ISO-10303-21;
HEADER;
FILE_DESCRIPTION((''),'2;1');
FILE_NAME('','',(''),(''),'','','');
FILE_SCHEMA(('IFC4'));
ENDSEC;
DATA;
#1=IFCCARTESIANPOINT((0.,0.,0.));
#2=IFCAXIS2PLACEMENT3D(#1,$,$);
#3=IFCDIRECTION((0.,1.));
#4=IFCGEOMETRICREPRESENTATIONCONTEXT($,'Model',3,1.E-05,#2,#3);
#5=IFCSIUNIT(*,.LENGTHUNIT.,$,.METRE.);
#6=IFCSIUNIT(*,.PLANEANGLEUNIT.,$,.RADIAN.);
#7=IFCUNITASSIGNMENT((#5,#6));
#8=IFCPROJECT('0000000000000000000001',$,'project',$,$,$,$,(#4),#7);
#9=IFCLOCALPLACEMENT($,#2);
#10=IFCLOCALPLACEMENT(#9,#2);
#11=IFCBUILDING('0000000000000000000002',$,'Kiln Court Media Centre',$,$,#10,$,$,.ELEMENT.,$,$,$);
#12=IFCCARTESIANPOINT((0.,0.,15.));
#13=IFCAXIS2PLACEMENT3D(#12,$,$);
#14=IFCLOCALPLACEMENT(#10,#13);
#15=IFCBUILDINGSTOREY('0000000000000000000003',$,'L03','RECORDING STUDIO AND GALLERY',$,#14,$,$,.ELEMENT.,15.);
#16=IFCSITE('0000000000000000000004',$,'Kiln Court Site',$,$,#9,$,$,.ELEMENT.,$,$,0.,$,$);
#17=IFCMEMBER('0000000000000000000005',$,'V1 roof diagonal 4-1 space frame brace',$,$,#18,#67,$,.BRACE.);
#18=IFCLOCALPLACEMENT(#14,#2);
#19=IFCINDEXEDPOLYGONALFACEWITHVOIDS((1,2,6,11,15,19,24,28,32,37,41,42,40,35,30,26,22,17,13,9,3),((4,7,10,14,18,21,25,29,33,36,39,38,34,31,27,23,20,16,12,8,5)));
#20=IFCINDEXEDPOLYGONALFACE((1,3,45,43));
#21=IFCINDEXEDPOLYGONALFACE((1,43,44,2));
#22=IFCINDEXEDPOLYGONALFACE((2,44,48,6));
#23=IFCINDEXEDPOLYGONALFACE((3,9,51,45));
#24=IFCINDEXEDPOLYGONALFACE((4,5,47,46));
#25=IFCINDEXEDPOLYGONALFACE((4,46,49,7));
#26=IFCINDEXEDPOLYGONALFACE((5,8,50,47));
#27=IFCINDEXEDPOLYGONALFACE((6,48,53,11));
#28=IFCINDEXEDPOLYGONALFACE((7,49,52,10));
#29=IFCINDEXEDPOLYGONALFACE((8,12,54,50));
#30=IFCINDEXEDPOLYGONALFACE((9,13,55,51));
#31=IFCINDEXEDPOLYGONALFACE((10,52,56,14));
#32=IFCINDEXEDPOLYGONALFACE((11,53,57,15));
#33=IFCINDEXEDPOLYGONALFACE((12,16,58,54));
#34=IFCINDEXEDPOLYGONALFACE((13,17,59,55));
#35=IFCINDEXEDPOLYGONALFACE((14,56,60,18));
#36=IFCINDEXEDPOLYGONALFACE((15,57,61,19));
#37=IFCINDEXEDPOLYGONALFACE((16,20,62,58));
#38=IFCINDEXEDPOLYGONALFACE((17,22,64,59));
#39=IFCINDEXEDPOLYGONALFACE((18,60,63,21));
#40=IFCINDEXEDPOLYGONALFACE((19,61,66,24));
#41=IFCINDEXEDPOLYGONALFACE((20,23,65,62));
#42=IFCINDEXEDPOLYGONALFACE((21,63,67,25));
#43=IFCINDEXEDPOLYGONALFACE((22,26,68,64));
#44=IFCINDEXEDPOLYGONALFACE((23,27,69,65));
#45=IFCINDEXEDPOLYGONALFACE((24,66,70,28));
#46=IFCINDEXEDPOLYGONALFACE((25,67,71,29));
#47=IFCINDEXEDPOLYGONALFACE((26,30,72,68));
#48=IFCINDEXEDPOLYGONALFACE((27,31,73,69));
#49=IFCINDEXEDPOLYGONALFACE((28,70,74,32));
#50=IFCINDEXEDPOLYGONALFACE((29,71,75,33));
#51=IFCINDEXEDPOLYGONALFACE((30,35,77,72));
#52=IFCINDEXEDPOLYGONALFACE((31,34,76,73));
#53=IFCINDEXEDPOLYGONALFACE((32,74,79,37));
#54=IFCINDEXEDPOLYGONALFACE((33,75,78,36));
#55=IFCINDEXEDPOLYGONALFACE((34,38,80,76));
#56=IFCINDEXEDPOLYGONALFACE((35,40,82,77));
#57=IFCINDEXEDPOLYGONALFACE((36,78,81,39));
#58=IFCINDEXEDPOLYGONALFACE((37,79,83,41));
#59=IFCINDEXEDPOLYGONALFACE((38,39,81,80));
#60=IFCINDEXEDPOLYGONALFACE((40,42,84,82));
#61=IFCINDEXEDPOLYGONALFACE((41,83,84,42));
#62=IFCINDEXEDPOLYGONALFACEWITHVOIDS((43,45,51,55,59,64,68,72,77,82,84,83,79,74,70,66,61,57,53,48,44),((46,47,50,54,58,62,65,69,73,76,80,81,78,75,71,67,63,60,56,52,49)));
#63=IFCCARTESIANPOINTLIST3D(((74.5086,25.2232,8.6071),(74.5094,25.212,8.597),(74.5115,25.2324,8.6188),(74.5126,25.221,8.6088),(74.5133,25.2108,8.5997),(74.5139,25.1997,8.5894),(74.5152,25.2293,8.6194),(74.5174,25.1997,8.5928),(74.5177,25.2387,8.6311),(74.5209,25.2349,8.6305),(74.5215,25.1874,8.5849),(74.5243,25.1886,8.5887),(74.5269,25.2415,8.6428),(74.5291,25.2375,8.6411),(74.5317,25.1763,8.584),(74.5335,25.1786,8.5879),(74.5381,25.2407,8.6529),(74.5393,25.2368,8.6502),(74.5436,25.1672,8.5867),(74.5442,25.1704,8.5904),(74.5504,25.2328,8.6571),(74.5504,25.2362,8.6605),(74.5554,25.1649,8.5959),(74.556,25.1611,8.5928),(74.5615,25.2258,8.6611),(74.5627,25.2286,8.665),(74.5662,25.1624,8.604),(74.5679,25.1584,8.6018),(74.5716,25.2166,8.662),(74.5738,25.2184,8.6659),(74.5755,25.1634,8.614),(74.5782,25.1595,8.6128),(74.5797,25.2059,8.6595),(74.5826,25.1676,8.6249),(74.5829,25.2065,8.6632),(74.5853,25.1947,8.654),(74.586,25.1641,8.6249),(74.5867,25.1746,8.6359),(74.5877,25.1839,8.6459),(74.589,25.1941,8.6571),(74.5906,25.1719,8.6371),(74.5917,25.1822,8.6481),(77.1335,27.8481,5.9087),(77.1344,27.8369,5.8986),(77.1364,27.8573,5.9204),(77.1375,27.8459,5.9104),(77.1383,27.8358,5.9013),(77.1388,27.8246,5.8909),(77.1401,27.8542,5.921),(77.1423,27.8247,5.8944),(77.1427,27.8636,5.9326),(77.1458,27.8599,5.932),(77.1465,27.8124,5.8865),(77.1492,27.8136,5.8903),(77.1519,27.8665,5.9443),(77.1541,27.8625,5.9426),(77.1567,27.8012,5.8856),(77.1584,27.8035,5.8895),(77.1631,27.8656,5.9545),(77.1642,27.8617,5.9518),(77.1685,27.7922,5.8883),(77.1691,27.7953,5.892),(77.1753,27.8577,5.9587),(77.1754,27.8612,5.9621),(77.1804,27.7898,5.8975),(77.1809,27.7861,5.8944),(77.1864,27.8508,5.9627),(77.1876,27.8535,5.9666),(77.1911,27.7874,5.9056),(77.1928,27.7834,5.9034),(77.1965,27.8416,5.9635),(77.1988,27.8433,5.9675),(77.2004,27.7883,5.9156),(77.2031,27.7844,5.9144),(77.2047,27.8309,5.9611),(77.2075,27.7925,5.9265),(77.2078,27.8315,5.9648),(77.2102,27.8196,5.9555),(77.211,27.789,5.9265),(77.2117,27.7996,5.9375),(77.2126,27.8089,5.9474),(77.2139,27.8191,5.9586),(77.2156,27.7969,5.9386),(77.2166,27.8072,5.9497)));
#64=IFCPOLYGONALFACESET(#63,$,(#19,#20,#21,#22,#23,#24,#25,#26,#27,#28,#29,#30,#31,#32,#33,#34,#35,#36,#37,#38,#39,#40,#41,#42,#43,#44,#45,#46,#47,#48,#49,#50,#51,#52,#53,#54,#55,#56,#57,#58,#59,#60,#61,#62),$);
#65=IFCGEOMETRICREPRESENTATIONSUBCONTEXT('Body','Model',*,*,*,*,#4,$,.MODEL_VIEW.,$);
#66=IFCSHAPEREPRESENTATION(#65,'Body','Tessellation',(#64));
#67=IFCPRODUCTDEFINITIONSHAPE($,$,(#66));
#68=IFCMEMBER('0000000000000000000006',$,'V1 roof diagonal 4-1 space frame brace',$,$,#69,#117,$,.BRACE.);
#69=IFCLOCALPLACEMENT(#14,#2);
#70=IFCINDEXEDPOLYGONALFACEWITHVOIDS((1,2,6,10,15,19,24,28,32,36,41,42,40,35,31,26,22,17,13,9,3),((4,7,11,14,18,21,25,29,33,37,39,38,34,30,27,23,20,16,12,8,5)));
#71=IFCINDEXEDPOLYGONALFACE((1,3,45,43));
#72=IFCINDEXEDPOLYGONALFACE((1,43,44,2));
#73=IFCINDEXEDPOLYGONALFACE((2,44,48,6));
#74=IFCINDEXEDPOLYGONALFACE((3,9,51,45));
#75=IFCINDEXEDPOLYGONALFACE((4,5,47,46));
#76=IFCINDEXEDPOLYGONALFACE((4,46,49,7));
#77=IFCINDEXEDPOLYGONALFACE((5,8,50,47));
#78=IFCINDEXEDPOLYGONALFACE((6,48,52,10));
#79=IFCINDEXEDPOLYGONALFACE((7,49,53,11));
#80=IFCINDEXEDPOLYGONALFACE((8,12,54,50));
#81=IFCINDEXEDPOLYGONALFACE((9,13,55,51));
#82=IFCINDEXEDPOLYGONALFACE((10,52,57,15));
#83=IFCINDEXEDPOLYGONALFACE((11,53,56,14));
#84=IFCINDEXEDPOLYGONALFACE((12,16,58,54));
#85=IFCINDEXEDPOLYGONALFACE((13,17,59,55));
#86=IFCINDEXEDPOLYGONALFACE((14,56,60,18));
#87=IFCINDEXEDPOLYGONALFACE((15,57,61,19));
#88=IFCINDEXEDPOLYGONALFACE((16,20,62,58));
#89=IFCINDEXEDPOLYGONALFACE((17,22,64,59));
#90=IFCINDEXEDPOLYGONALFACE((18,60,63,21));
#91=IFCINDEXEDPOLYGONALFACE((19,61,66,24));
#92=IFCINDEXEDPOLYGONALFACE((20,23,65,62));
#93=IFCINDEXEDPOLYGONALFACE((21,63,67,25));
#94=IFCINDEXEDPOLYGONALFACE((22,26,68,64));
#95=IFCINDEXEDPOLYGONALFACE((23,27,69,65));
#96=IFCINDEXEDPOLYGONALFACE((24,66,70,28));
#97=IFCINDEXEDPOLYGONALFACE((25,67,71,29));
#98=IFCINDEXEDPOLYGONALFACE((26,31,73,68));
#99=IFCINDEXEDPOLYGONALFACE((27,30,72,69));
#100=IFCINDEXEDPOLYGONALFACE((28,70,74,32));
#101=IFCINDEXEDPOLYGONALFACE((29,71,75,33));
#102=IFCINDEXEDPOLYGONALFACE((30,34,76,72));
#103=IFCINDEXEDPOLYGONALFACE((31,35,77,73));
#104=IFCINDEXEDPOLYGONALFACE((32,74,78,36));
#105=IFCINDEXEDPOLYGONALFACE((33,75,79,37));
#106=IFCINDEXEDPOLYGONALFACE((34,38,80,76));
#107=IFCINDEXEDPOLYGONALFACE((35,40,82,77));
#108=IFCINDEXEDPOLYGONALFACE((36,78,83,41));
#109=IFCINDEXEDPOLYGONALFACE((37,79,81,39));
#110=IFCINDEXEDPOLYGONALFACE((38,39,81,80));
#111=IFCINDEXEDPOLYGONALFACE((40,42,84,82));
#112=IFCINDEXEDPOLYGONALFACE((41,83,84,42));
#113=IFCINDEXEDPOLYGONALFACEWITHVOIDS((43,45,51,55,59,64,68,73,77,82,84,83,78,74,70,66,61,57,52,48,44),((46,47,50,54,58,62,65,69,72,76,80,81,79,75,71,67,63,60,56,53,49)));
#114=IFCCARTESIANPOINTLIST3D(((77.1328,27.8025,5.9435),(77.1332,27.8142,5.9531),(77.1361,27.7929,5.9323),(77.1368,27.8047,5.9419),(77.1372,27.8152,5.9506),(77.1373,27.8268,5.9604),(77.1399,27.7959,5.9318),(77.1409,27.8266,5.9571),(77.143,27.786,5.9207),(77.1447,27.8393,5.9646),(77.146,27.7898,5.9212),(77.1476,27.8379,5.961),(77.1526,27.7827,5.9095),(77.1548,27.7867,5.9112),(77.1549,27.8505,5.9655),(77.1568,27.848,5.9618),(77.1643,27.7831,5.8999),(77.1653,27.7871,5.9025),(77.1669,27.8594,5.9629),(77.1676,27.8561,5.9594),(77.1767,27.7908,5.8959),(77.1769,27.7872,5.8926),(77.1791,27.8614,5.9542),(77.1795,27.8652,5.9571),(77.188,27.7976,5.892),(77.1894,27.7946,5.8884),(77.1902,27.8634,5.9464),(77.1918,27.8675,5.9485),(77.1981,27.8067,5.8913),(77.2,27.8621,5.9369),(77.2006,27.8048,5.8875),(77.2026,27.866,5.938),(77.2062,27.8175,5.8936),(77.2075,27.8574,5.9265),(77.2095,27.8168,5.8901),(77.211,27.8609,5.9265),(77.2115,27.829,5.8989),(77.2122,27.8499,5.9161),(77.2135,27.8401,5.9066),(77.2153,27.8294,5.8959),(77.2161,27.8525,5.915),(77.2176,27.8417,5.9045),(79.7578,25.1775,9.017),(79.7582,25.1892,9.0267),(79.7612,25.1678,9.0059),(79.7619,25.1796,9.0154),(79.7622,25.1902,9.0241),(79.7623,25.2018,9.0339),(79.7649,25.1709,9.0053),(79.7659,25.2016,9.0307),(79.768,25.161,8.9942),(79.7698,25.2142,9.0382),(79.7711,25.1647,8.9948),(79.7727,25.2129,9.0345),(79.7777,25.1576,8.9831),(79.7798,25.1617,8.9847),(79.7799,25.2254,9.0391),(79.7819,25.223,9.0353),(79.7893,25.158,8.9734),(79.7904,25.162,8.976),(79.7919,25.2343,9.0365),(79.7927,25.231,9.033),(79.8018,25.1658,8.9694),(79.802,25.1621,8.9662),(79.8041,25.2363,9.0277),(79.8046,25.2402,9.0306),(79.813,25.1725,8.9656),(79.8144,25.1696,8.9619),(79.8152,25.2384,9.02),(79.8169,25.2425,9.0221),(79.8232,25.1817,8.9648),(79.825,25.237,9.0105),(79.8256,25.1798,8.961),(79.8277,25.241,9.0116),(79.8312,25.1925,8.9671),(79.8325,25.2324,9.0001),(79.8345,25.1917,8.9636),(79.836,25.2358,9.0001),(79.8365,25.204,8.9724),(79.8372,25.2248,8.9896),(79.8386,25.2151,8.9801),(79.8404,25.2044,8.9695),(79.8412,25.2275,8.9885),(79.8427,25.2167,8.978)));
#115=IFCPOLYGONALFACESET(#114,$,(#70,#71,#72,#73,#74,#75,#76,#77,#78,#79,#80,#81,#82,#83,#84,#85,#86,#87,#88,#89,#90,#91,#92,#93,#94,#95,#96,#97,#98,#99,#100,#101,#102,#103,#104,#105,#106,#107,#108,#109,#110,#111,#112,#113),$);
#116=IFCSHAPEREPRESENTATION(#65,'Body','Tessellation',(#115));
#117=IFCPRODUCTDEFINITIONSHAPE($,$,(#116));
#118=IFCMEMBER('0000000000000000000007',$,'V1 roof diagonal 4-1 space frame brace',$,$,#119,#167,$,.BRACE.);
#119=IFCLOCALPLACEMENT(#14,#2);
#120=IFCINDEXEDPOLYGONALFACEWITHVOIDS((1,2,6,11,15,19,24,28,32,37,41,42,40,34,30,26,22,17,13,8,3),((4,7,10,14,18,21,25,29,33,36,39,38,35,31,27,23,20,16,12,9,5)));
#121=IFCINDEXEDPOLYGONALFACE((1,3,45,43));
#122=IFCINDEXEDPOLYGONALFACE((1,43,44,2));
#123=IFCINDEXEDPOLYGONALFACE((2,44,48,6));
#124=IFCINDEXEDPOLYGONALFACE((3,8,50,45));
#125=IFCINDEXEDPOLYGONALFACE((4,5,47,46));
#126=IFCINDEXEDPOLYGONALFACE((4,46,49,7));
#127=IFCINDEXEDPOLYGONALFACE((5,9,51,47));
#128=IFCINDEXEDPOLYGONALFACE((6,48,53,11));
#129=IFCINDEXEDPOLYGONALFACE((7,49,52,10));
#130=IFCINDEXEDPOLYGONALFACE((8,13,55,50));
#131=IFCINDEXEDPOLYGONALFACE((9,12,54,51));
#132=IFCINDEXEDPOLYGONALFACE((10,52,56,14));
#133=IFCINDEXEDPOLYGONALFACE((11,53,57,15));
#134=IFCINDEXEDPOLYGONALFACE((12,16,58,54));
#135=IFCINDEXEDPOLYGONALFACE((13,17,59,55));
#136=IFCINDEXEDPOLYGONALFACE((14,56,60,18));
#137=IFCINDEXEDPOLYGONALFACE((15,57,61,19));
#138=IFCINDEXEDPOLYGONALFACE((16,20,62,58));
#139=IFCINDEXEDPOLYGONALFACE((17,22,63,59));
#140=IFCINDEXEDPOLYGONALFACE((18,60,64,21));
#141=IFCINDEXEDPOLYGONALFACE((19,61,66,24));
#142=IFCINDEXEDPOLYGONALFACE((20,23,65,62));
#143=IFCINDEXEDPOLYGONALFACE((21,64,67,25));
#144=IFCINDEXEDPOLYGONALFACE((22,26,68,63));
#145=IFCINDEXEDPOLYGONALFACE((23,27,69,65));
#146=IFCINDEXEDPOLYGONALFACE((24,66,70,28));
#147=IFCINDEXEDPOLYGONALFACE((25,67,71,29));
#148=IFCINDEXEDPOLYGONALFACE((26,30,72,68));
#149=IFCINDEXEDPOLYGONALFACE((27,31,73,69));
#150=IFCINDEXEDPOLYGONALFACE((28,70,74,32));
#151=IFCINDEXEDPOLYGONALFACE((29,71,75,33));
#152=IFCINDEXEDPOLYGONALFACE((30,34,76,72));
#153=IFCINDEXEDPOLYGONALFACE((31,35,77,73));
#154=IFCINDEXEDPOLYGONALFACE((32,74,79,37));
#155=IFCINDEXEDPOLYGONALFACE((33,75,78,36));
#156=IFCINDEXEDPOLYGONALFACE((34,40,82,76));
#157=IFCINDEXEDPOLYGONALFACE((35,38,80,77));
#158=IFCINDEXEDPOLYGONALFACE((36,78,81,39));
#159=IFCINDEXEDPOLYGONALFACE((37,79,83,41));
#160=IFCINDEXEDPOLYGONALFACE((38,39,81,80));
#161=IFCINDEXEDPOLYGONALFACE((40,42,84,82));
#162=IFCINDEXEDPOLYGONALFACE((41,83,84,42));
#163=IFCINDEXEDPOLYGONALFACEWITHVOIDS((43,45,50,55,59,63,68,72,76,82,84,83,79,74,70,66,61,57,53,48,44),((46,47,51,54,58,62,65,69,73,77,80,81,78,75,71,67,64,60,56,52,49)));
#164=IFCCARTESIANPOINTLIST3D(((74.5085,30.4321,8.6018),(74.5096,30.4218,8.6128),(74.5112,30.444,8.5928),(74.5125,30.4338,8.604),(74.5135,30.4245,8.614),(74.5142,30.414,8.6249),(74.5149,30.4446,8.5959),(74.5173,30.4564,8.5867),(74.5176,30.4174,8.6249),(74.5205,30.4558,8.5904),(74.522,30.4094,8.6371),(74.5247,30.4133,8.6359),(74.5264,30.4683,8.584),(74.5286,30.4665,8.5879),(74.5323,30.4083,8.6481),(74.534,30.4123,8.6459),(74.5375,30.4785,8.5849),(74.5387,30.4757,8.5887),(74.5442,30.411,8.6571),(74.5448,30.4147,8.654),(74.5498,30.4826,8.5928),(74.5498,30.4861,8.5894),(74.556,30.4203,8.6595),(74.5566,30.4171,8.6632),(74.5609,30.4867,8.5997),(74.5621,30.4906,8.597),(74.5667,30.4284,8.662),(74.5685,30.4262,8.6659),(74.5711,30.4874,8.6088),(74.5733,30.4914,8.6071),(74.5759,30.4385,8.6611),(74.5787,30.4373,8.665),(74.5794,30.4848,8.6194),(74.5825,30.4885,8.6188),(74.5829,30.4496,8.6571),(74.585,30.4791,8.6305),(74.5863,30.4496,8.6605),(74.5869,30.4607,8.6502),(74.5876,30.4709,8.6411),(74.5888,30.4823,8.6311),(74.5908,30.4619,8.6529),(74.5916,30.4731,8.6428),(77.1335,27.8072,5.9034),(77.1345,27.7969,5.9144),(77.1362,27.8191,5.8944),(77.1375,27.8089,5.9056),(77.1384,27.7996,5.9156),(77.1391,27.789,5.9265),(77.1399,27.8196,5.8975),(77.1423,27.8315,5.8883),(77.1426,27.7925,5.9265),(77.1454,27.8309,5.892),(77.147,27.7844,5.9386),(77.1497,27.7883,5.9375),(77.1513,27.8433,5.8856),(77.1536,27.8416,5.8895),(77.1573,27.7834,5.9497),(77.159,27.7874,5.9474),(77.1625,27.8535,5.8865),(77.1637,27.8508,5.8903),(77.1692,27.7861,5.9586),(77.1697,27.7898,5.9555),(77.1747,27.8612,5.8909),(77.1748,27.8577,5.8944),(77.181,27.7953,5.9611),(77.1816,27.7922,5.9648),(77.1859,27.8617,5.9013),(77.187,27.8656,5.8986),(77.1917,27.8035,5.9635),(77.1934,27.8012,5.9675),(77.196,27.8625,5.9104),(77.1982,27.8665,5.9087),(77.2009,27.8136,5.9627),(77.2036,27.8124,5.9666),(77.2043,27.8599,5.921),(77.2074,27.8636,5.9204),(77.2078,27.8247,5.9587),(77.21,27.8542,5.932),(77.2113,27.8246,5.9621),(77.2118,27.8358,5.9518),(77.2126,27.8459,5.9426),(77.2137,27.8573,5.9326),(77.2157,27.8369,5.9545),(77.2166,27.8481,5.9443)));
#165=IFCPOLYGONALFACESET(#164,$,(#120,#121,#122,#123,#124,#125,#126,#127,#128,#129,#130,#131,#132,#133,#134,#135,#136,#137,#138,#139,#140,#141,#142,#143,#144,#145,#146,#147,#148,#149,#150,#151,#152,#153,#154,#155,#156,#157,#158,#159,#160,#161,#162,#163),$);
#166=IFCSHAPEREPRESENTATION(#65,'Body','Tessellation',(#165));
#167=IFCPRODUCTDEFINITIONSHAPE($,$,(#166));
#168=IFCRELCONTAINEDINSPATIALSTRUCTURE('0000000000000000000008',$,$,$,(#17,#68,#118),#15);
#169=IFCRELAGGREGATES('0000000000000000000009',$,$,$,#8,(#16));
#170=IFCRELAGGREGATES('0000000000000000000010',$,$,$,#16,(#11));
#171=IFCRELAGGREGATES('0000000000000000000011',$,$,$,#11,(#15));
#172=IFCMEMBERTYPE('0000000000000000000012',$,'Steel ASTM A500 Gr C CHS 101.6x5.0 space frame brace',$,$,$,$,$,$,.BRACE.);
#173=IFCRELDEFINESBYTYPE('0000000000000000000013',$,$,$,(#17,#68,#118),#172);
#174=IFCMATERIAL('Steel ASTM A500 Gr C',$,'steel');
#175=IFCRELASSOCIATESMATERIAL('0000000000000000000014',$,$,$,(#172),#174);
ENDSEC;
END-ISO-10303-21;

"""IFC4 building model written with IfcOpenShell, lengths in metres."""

from ifc_helpers import new_model, si_unit, direction, frame, origin, origin_2d, place, context, subcontext, project, spatial, hollow_circle, extrude, material, material_profile, profile_set, type_object, element, save


model = new_model("IFC4")

# Units and contexts
model_context = context("Model", 3, precision=1e-05, world=origin(), true_north=direction((0.0, 1.0)))
body_context = subcontext(model_context, "Body", "Model", "MODEL_VIEW")
ifc_project = project(units=[si_unit("LENGTHUNIT", "METRE"), si_unit("PLANEANGLEUNIT", "RADIAN")], contexts=[model_context])

# Site, building, storey
site_placement = place(None, origin())
site = spatial("IfcSite", under=ifc_project, at=site_placement, Name="Kiln Court Site", CompositionType="ELEMENT", RefElevation=0.0)
building_placement = place(site_placement, origin())
building = spatial("IfcBuilding", under=site, at=building_placement, Name="Kiln Court Media Centre", CompositionType="ELEMENT")
storey_placement = place(building_placement, frame((0.0, 0.0, 15.0)))
storey = spatial("IfcBuildingStorey", under=building, at=storey_placement, Name="L03", Description="RECORDING STUDIO AND GALLERY", CompositionType="ELEMENT", Elevation=15.0)

# Members
ifc_material_1 = material(Name="Steel ASTM A500 Gr C", Category="steel")
ifc_material_profile_1 = material_profile(ifc_material_1, hollow_circle(Radius=0.0508, WallThickness=0.0049, at=origin_2d()), Name="CHS 101.6x5.0")
ifc_profile_set_1 = profile_set([ifc_material_profile_1], Name="Steel ASTM A500 Gr C")
member_type_1 = type_object("IfcMemberType", Name="Steel ASTM A500 Gr C CHS 101.6x5.0 space frame brace", PredefinedType="BRACE", material=ifc_profile_set_1)
member_1_placement = place(storey_placement, frame((77.175, 27.825, 5.9265), z_axis=(-0.571964, -0.571964, 0.587976), x_axis=(0.707107, -0.707107, 0.0)))
element("IfcMember", 1, at=member_1_placement, inside=storey, type_object=member_type_1, Name="V1 roof diagonal 4-1 space frame brace", PredefinedType="BRACE", context=body_context, shape_type="SweptSolid", body=[
    extrude(hollow_circle(Radius=0.0508, WallThickness=0.0049, at=origin_2d()), origin(), (0.0, 0.0, 1.0), 4.5894),
])
member_2_placement = place(storey_placement, frame((77.175, 27.825, 5.9265), z_axis=(0.544662, -0.544662, 0.637719), x_axis=(0.707107, 0.707107, 0.0)))
element("IfcMember", 2, at=member_2_placement, inside=storey, type_object=member_type_1, Name="V1 roof diagonal 4-1 space frame brace", PredefinedType="BRACE", context=body_context, shape_type="SweptSolid", body=[
    extrude(hollow_circle(Radius=0.0508, WallThickness=0.0049, at=origin_2d()), origin(), (0.0, 0.0, 1.0), 4.8196),
])
member_3_placement = place(storey_placement, frame((77.175, 27.825, 5.9265), z_axis=(-0.571964, 0.571964, 0.587976), x_axis=(-0.707107, -0.707107, 0.0)))
element("IfcMember", 3, at=member_3_placement, inside=storey, type_object=member_type_1, Name="V1 roof diagonal 4-1 space frame brace", PredefinedType="BRACE", context=body_context, shape_type="SweptSolid", body=[
    extrude(hollow_circle(Radius=0.0508, WallThickness=0.0049, at=origin_2d()), origin(), (0.0, 0.0, 1.0), 4.5894),
])

save(model, "model.ifc")
